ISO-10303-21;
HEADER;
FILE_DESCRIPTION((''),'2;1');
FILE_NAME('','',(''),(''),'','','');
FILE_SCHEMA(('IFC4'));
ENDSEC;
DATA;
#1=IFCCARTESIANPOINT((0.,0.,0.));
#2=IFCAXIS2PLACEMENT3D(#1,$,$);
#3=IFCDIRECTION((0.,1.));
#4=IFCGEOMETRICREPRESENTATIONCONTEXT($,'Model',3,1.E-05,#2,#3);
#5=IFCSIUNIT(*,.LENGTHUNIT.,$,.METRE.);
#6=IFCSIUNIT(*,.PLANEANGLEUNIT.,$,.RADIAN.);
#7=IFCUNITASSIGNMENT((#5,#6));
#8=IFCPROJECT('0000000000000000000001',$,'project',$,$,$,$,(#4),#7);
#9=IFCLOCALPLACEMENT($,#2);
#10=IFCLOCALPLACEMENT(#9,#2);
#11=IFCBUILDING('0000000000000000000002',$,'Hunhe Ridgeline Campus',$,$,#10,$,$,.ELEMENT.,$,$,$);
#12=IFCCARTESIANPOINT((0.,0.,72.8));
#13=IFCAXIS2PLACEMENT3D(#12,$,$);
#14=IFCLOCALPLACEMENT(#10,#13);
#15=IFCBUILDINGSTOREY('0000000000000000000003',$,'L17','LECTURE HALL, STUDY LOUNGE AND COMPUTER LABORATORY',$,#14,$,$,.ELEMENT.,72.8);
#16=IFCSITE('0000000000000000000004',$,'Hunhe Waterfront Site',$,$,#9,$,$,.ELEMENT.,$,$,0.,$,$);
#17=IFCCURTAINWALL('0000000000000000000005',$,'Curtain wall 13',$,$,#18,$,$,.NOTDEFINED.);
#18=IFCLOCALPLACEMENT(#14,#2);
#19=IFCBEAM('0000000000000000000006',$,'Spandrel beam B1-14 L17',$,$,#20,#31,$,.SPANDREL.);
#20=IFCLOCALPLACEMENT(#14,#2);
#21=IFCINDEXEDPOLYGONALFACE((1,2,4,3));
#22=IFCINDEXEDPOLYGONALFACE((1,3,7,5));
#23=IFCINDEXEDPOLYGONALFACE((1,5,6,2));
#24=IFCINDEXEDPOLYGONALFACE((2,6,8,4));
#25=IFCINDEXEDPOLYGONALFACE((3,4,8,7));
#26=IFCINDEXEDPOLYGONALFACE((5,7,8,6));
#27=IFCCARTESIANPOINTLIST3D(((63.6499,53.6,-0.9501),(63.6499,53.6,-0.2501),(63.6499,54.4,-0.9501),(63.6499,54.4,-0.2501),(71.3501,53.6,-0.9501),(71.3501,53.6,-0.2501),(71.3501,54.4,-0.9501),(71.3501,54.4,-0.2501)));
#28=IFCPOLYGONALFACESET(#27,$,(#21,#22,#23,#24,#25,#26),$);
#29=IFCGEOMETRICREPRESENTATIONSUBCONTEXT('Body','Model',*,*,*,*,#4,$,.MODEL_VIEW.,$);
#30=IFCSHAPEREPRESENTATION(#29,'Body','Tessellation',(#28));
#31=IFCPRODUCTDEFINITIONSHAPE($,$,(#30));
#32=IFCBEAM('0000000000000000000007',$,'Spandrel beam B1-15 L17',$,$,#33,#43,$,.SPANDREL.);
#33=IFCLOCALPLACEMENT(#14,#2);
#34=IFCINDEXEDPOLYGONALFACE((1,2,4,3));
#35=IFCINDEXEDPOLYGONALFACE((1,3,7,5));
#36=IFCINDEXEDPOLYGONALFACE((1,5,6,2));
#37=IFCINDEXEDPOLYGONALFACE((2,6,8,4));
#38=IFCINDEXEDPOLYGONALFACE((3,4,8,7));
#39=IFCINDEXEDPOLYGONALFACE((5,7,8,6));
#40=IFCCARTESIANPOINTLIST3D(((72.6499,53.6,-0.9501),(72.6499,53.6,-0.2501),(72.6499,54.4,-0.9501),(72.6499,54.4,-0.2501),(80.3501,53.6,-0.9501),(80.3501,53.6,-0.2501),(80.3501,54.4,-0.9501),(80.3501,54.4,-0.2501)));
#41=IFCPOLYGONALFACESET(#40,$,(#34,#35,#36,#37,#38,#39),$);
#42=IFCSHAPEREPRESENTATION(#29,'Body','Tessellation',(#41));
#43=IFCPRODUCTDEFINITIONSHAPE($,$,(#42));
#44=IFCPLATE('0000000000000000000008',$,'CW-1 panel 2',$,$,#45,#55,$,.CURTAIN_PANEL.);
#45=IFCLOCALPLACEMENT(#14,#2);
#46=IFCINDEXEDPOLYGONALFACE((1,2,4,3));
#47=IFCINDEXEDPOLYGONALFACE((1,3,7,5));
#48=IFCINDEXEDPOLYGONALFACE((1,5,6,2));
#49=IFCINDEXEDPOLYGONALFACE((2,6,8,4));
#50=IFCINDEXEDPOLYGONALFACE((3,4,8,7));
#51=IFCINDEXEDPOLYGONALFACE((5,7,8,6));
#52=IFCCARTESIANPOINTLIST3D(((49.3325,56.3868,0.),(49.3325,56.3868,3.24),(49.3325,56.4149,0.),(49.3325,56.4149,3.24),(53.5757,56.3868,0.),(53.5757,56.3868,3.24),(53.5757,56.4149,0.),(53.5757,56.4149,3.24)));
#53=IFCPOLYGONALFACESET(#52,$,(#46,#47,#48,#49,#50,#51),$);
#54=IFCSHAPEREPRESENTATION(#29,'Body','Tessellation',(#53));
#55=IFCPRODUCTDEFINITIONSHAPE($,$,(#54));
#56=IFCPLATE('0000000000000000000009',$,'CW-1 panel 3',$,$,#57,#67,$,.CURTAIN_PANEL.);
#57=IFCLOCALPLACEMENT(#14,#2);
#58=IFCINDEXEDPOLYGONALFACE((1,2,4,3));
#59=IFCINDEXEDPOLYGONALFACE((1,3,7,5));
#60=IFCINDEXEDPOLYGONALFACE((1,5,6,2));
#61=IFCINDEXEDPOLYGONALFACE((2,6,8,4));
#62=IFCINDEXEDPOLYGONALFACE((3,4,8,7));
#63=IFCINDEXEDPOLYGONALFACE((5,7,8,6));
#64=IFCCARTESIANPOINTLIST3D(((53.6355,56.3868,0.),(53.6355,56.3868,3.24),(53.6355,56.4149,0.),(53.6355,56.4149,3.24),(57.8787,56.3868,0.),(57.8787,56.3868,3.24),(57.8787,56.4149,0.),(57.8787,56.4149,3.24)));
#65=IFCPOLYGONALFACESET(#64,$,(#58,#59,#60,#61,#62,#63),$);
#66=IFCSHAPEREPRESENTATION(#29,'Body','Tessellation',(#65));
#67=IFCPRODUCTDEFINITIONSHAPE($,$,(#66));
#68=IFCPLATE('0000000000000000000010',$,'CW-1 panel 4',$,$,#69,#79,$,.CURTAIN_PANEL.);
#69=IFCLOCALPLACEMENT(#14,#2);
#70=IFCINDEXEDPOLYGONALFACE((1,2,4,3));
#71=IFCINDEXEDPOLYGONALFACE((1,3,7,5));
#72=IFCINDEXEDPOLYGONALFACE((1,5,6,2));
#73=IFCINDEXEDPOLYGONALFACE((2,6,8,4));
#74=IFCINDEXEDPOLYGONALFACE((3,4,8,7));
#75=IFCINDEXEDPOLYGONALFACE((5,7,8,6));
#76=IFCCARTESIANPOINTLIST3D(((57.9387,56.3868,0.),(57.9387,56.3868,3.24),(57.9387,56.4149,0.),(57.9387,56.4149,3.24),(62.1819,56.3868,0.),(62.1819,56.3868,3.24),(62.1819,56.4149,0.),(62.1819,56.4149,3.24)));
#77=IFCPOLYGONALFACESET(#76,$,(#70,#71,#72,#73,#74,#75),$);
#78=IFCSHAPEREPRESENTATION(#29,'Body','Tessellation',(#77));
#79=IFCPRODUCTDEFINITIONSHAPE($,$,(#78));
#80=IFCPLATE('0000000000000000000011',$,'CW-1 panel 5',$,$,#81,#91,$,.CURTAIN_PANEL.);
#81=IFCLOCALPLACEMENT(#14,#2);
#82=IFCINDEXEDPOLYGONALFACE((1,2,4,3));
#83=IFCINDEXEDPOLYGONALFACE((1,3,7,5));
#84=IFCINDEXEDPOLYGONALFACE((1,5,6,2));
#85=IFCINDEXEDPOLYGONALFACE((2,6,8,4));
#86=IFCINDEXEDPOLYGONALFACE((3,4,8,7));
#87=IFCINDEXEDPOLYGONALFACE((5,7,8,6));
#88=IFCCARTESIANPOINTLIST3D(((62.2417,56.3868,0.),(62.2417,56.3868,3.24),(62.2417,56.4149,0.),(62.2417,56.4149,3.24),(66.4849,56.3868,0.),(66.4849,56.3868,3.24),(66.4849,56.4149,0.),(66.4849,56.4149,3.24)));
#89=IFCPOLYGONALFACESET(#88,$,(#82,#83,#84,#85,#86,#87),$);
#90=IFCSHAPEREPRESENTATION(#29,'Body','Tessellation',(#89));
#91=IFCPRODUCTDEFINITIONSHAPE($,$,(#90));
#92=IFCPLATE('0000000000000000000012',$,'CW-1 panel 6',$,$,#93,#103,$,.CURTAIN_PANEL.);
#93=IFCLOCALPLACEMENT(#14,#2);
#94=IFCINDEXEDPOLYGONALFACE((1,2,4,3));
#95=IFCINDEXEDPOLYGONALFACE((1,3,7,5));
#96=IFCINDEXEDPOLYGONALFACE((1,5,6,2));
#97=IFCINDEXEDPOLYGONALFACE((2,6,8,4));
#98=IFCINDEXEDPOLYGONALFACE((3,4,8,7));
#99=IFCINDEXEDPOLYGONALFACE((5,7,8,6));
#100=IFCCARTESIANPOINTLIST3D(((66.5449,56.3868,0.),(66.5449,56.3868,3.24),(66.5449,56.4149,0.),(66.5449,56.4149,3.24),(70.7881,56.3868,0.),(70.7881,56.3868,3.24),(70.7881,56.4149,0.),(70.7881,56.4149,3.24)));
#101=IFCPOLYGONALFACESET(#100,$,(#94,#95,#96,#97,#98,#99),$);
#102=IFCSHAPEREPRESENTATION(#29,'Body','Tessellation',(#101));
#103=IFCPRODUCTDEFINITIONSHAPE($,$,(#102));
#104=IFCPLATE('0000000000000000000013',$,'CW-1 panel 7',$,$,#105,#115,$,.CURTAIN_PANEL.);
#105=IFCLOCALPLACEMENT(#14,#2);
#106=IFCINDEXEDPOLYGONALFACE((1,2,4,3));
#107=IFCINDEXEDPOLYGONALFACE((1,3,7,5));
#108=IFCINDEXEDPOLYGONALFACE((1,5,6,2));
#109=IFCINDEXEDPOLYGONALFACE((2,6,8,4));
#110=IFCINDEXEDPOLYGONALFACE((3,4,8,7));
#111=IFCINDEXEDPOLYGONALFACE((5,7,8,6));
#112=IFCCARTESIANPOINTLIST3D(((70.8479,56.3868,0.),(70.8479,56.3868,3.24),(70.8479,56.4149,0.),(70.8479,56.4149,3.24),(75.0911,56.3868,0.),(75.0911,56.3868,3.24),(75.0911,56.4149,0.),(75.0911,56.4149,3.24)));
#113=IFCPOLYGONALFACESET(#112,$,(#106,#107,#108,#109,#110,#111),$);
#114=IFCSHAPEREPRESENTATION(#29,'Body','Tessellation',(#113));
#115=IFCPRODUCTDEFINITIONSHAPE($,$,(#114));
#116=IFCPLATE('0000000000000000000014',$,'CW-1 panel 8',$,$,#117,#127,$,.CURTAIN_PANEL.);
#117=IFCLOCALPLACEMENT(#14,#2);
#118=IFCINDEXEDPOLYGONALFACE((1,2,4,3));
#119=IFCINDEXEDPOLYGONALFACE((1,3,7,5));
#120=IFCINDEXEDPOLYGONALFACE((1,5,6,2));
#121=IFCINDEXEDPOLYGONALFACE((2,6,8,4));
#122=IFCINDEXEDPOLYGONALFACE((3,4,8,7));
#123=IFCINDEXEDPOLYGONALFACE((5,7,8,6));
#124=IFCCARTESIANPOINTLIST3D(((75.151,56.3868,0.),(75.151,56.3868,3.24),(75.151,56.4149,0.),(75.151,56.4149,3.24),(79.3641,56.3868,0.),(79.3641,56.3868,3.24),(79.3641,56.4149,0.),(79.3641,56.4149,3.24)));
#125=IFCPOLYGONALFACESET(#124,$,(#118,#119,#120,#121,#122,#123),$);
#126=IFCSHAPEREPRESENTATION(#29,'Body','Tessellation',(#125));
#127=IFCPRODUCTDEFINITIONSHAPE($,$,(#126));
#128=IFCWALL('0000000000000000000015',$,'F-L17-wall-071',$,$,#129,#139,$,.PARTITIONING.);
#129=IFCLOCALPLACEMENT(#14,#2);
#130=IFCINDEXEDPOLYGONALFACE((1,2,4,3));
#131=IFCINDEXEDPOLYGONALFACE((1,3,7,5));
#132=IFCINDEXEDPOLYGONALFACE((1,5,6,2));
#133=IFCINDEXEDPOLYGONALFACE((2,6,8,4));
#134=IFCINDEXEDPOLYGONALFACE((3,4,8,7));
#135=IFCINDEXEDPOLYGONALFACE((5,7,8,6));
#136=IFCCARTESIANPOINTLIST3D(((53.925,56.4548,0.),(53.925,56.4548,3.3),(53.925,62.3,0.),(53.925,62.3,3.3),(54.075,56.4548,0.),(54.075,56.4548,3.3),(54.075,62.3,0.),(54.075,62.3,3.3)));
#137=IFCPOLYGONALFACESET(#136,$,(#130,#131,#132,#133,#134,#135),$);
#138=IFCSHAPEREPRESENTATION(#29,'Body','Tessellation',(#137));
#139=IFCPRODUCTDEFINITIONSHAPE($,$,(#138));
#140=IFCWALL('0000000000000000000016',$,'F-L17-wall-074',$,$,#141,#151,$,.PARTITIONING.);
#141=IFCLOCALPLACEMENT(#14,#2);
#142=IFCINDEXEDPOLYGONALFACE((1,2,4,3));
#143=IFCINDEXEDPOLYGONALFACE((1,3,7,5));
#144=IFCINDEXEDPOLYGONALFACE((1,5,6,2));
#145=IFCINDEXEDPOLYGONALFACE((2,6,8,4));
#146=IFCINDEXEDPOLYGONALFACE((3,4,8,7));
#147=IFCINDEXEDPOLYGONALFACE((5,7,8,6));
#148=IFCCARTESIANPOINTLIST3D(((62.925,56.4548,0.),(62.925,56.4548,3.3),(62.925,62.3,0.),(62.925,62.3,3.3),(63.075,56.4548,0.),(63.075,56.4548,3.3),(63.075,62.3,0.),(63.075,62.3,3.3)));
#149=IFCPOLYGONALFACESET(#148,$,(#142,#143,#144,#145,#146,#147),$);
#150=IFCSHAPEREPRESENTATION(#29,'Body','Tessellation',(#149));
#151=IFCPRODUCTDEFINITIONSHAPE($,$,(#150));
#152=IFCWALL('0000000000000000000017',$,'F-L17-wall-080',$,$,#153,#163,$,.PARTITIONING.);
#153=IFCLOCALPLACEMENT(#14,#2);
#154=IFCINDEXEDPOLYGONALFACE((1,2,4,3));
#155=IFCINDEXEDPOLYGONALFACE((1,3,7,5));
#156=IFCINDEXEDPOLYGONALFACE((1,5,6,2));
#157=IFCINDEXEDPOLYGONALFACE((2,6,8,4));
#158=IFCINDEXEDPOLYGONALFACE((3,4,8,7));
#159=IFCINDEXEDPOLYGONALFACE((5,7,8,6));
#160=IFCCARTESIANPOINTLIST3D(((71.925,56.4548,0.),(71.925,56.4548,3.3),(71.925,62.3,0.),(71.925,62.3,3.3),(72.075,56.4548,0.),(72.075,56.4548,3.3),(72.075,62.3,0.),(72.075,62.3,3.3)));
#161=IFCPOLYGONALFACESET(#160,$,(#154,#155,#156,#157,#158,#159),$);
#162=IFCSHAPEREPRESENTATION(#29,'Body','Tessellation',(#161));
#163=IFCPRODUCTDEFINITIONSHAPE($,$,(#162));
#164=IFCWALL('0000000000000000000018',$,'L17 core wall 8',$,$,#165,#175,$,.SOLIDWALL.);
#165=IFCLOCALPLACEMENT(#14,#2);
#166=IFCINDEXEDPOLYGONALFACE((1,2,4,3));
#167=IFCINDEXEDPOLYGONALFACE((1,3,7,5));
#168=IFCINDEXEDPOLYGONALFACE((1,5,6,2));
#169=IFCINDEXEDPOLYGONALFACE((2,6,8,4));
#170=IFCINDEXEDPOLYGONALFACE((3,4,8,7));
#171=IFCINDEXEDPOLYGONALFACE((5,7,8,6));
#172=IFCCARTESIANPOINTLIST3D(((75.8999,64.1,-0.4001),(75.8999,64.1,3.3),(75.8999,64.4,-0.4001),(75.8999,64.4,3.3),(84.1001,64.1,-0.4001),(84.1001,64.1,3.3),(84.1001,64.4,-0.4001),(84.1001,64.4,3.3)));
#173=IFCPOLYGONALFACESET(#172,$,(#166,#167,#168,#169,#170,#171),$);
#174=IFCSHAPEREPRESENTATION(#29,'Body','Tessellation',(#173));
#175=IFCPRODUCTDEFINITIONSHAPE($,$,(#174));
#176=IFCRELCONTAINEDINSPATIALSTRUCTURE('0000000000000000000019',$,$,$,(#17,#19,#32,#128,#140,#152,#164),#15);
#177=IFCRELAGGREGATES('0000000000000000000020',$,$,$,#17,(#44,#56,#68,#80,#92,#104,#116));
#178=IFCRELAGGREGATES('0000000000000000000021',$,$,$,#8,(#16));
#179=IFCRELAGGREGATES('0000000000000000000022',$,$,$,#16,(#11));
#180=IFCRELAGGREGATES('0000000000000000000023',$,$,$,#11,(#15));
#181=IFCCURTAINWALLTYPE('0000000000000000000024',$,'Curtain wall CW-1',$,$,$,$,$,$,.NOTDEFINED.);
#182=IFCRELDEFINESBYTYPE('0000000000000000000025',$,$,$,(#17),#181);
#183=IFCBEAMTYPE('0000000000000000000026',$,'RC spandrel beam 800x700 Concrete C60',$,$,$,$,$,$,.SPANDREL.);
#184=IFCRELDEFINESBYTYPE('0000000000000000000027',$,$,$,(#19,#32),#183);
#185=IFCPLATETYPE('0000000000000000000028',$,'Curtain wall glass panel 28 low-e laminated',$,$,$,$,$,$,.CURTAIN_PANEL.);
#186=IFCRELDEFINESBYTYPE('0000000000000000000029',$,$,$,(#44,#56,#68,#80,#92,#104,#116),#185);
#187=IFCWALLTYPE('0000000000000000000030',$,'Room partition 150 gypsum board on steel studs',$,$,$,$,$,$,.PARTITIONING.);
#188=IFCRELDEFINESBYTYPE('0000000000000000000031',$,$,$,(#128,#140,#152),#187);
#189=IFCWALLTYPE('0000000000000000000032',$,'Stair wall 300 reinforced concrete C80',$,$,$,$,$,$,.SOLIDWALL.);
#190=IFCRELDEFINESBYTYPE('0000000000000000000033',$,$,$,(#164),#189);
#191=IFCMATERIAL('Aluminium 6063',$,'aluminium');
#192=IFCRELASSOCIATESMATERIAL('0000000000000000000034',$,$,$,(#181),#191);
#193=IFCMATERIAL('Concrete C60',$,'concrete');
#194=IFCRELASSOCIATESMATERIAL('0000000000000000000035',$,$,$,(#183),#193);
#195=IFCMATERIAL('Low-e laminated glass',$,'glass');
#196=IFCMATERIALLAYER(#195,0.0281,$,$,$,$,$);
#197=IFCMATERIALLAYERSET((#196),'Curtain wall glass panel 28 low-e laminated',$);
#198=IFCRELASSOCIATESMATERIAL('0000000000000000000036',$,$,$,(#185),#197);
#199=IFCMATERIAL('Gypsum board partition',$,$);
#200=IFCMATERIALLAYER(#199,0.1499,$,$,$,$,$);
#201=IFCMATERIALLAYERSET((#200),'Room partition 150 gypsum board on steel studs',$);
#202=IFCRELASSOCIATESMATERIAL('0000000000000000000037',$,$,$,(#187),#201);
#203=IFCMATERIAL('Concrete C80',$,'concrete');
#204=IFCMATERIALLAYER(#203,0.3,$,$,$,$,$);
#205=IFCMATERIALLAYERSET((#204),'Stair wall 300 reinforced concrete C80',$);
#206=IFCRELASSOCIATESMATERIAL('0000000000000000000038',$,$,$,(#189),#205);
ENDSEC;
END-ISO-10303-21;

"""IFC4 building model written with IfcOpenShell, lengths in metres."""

from ifc_helpers import new_model, si_unit, direction, frame, frame_2d, origin, origin_2d, place, context, subcontext, project, spatial, rectangle, extrude, material, layer, layer_set, material_profile, profile_set, type_object, element, aggregate, save


model = new_model("IFC4")

# Units and contexts
model_context = context("Model", 3, precision=1e-05, world=origin(), true_north=direction((0.0, 1.0)))
body_context = subcontext(model_context, "Body", "Model", "MODEL_VIEW")
ifc_project = project(units=[si_unit("LENGTHUNIT", "METRE"), si_unit("PLANEANGLEUNIT", "RADIAN")], contexts=[model_context])

# Site, building, storey
site_placement = place(None, origin())
site = spatial("IfcSite", under=ifc_project, at=site_placement, Name="Hunhe Waterfront Site", CompositionType="ELEMENT", RefElevation=0.0)
building_placement = place(site_placement, origin())
building = spatial("IfcBuilding", under=site, at=building_placement, Name="Hunhe Ridgeline Campus", CompositionType="ELEMENT")
storey_placement = place(building_placement, frame((0.0, 0.0, 72.8)))
storey = spatial("IfcBuildingStorey", under=building, at=storey_placement, Name="L17", Description="LECTURE HALL, STUDY LOUNGE AND COMPUTER LABORATORY", CompositionType="ELEMENT", Elevation=72.8)

# Shared definitions
ifc_material_1 = material(Name="Concrete C80", Category="concrete")

# Curtain wall
ifc_material_2 = material(Name="Aluminium 6063", Category="aluminium")
curtain_wall_type = type_object("IfcCurtainWallType", Name="Curtain wall CW-1", PredefinedType="NOTDEFINED", material=ifc_material_2)
curtain_wall_placement = place(storey_placement, origin())
curtain_wall = element("IfcCurtainWall", 1, at=curtain_wall_placement, inside=storey, type_object=curtain_wall_type, Name="Curtain wall 13", PredefinedType="NOTDEFINED")

# Beams
ifc_material_3 = material(Name="Concrete C60", Category="concrete")
ifc_material_profile_1 = material_profile(ifc_material_3, rectangle(XDim=0.8, YDim=0.7, at=origin_2d()))
ifc_profile_set_1 = profile_set([ifc_material_profile_1], Name="Concrete C60")
beam_type = type_object("IfcBeamType", Name="RC spandrel beam 800x700 Concrete C60", PredefinedType="SPANDREL", material=ifc_profile_set_1)
for number, where, z_axis, x_axis, name in (
    (2, (63.6499, 54.0, -0.6001), (1.0, 0.0, 0.0), (0.0, 1.0, 0.0), "Spandrel beam B1-14 L17"),
    (3, (72.6499, 54.0, -0.6001), (1.0, 0.0, 0.0), (0.0, 1.0, 0.0), "Spandrel beam B1-15 L17"),
):
    element("IfcBeam", number, at=place(storey_placement, frame(where, z_axis=z_axis, x_axis=x_axis)), inside=storey, type_object=beam_type, Name=name, PredefinedType="SPANDREL", context=body_context, shape_type="SweptSolid", body=[
        extrude(rectangle(XDim=0.8, YDim=0.7, at=origin_2d()), origin(), (0.0, 0.0, 1.0), 7.7002),
    ])

# Plates
ifc_material_4 = material(Name="Low-e laminated glass", Category="glass")
ifc_layer_1 = layer(ifc_material_4, 0.0281)
ifc_layer_set_1 = layer_set([ifc_layer_1], Name="Curtain wall glass panel 28 low-e laminated")
plate_type = type_object("IfcPlateType", Name="Curtain wall glass panel 28 low-e laminated", PredefinedType="CURTAIN_PANEL", material=ifc_layer_set_1)
plate_1_placement = place(storey_placement, frame((51.4541, 56.4009, 0.0), z_axis=(0.0, 0.0, 1.0), x_axis=(1.0, 0.000004, 0.0)))
plate_1 = element("IfcPlate", 4, at=plate_1_placement, type_object=plate_type, Name="CW-1 panel 2", PredefinedType="CURTAIN_PANEL", context=body_context, shape_type="SweptSolid", body=[
    extrude(rectangle(XDim=4.2432, YDim=0.0281, at=origin_2d()), origin(), (0.0, 0.0, 1.0), 3.24),
])
plate_2_placement = place(storey_placement, frame((55.7571, 56.4009, 0.0), z_axis=(0.0, 0.0, 1.0), x_axis=(1.0, 0.000004, 0.0)))
plate_2 = element("IfcPlate", 5, at=plate_2_placement, type_object=plate_type, Name="CW-1 panel 3", PredefinedType="CURTAIN_PANEL", context=body_context, shape_type="SweptSolid", body=[
    extrude(rectangle(XDim=4.2432, YDim=0.0281, at=origin_2d()), origin(), (0.0, 0.0, 1.0), 3.24),
])
plate_3_placement = place(storey_placement, frame((60.0603, 56.4009, 0.0), z_axis=(0.0, 0.0, 1.0), x_axis=(1.0, 0.000004, 0.0)))
plate_3 = element("IfcPlate", 6, at=plate_3_placement, type_object=plate_type, Name="CW-1 panel 4", PredefinedType="CURTAIN_PANEL", context=body_context, shape_type="SweptSolid", body=[
    extrude(rectangle(XDim=4.2432, YDim=0.0281, at=origin_2d()), origin(), (0.0, 0.0, 1.0), 3.24),
])
plate_4_placement = place(storey_placement, frame((64.3633, 56.4009, 0.0), z_axis=(0.0, 0.0, 1.0), x_axis=(1.0, 0.000004, 0.0)))
plate_4 = element("IfcPlate", 7, at=plate_4_placement, type_object=plate_type, Name="CW-1 panel 5", PredefinedType="CURTAIN_PANEL", context=body_context, shape_type="SweptSolid", body=[
    extrude(rectangle(XDim=4.2432, YDim=0.0281, at=origin_2d()), origin(), (0.0, 0.0, 1.0), 3.24),
])
plate_5_placement = place(storey_placement, frame((68.6665, 56.4009, 0.0), z_axis=(0.0, 0.0, 1.0), x_axis=(1.0, 0.000004, 0.0)))
plate_5 = element("IfcPlate", 8, at=plate_5_placement, type_object=plate_type, Name="CW-1 panel 6", PredefinedType="CURTAIN_PANEL", context=body_context, shape_type="SweptSolid", body=[
    extrude(rectangle(XDim=4.2432, YDim=0.0281, at=origin_2d()), origin(), (0.0, 0.0, 1.0), 3.24),
])
plate_6_placement = place(storey_placement, frame((72.9695, 56.4009, 0.0), z_axis=(0.0, 0.0, 1.0), x_axis=(1.0, 0.000004, 0.0)))
plate_6 = element("IfcPlate", 9, at=plate_6_placement, type_object=plate_type, Name="CW-1 panel 7", PredefinedType="CURTAIN_PANEL", context=body_context, shape_type="SweptSolid", body=[
    extrude(rectangle(XDim=4.2432, YDim=0.0281, at=origin_2d()), origin(), (0.0, 0.0, 1.0), 3.24),
])
plate_7_placement = place(storey_placement, frame((77.2576, 56.4009, 0.0), z_axis=(0.0, 0.0, 1.0), x_axis=(1.0, 0.000004, 0.0)))
plate_7 = element("IfcPlate", 10, at=plate_7_placement, type_object=plate_type, Name="CW-1 panel 8", PredefinedType="CURTAIN_PANEL", context=body_context, shape_type="SweptSolid", body=[
    extrude(rectangle(XDim=4.2131, YDim=0.0281, at=origin_2d()), origin(), (0.0, 0.0, 1.0), 3.24),
])
aggregate(curtain_wall, [plate_1, plate_2, plate_3, plate_4, plate_5, plate_6, plate_7])

# Walls
ifc_material_5 = material(Name="Gypsum board partition")
ifc_layer_2 = layer(ifc_material_5, 0.1499)
ifc_layer_set_2 = layer_set([ifc_layer_2], Name="Room partition 150 gypsum board on steel studs")
wall_type_1 = type_object("IfcWallType", Name="Room partition 150 gypsum board on steel studs", PredefinedType="PARTITIONING", material=ifc_layer_set_2)
for number, where, z_axis, x_axis, name in (
    (11, (54.0, 62.3, 0.0), (0.0, 0.0, 1.0), (0.0, -1.0, 0.0), "F-L17-wall-071"),
    (12, (63.0, 62.3, 0.0), (0.0, 0.0, 1.0), (0.0, -1.0, 0.0), "F-L17-wall-074"),
    (13, (72.0, 62.3, 0.0), (0.0, 0.0, 1.0), (0.0, -1.0, 0.0), "F-L17-wall-080"),
):
    element("IfcWall", number, at=place(storey_placement, frame(where, z_axis=z_axis, x_axis=x_axis)), inside=storey, type_object=wall_type_1, Name=name, PredefinedType="PARTITIONING", context=body_context, shape_type="SweptSolid", body=[
        extrude(rectangle(XDim=5.8452, YDim=0.1499, at=frame_2d((2.9226, 0.0))), origin(), (0.0, 0.0, 1.0), 3.3),
    ])
ifc_layer_3 = layer(ifc_material_1, 0.3)
ifc_layer_set_3 = layer_set([ifc_layer_3], Name="Stair wall 300 reinforced concrete C80")
wall_type_2 = type_object("IfcWallType", Name="Stair wall 300 reinforced concrete C80", PredefinedType="SOLIDWALL", material=ifc_layer_set_3)
wall_1_placement = place(storey_placement, frame((75.8999, 64.25, -0.4001), z_axis=(0.0, 0.0, 1.0), x_axis=(1.0, 0.0, 0.0)))
element("IfcWall", 14, at=wall_1_placement, inside=storey, type_object=wall_type_2, Name="L17 core wall 8", PredefinedType="SOLIDWALL", context=body_context, shape_type="SweptSolid", body=[
    extrude(rectangle(XDim=8.2002, YDim=0.3, at=frame_2d((4.1001, 0.0))), origin(), (0.0, 0.0, 1.0), 3.7002),
])

save(model, "model.ifc")
